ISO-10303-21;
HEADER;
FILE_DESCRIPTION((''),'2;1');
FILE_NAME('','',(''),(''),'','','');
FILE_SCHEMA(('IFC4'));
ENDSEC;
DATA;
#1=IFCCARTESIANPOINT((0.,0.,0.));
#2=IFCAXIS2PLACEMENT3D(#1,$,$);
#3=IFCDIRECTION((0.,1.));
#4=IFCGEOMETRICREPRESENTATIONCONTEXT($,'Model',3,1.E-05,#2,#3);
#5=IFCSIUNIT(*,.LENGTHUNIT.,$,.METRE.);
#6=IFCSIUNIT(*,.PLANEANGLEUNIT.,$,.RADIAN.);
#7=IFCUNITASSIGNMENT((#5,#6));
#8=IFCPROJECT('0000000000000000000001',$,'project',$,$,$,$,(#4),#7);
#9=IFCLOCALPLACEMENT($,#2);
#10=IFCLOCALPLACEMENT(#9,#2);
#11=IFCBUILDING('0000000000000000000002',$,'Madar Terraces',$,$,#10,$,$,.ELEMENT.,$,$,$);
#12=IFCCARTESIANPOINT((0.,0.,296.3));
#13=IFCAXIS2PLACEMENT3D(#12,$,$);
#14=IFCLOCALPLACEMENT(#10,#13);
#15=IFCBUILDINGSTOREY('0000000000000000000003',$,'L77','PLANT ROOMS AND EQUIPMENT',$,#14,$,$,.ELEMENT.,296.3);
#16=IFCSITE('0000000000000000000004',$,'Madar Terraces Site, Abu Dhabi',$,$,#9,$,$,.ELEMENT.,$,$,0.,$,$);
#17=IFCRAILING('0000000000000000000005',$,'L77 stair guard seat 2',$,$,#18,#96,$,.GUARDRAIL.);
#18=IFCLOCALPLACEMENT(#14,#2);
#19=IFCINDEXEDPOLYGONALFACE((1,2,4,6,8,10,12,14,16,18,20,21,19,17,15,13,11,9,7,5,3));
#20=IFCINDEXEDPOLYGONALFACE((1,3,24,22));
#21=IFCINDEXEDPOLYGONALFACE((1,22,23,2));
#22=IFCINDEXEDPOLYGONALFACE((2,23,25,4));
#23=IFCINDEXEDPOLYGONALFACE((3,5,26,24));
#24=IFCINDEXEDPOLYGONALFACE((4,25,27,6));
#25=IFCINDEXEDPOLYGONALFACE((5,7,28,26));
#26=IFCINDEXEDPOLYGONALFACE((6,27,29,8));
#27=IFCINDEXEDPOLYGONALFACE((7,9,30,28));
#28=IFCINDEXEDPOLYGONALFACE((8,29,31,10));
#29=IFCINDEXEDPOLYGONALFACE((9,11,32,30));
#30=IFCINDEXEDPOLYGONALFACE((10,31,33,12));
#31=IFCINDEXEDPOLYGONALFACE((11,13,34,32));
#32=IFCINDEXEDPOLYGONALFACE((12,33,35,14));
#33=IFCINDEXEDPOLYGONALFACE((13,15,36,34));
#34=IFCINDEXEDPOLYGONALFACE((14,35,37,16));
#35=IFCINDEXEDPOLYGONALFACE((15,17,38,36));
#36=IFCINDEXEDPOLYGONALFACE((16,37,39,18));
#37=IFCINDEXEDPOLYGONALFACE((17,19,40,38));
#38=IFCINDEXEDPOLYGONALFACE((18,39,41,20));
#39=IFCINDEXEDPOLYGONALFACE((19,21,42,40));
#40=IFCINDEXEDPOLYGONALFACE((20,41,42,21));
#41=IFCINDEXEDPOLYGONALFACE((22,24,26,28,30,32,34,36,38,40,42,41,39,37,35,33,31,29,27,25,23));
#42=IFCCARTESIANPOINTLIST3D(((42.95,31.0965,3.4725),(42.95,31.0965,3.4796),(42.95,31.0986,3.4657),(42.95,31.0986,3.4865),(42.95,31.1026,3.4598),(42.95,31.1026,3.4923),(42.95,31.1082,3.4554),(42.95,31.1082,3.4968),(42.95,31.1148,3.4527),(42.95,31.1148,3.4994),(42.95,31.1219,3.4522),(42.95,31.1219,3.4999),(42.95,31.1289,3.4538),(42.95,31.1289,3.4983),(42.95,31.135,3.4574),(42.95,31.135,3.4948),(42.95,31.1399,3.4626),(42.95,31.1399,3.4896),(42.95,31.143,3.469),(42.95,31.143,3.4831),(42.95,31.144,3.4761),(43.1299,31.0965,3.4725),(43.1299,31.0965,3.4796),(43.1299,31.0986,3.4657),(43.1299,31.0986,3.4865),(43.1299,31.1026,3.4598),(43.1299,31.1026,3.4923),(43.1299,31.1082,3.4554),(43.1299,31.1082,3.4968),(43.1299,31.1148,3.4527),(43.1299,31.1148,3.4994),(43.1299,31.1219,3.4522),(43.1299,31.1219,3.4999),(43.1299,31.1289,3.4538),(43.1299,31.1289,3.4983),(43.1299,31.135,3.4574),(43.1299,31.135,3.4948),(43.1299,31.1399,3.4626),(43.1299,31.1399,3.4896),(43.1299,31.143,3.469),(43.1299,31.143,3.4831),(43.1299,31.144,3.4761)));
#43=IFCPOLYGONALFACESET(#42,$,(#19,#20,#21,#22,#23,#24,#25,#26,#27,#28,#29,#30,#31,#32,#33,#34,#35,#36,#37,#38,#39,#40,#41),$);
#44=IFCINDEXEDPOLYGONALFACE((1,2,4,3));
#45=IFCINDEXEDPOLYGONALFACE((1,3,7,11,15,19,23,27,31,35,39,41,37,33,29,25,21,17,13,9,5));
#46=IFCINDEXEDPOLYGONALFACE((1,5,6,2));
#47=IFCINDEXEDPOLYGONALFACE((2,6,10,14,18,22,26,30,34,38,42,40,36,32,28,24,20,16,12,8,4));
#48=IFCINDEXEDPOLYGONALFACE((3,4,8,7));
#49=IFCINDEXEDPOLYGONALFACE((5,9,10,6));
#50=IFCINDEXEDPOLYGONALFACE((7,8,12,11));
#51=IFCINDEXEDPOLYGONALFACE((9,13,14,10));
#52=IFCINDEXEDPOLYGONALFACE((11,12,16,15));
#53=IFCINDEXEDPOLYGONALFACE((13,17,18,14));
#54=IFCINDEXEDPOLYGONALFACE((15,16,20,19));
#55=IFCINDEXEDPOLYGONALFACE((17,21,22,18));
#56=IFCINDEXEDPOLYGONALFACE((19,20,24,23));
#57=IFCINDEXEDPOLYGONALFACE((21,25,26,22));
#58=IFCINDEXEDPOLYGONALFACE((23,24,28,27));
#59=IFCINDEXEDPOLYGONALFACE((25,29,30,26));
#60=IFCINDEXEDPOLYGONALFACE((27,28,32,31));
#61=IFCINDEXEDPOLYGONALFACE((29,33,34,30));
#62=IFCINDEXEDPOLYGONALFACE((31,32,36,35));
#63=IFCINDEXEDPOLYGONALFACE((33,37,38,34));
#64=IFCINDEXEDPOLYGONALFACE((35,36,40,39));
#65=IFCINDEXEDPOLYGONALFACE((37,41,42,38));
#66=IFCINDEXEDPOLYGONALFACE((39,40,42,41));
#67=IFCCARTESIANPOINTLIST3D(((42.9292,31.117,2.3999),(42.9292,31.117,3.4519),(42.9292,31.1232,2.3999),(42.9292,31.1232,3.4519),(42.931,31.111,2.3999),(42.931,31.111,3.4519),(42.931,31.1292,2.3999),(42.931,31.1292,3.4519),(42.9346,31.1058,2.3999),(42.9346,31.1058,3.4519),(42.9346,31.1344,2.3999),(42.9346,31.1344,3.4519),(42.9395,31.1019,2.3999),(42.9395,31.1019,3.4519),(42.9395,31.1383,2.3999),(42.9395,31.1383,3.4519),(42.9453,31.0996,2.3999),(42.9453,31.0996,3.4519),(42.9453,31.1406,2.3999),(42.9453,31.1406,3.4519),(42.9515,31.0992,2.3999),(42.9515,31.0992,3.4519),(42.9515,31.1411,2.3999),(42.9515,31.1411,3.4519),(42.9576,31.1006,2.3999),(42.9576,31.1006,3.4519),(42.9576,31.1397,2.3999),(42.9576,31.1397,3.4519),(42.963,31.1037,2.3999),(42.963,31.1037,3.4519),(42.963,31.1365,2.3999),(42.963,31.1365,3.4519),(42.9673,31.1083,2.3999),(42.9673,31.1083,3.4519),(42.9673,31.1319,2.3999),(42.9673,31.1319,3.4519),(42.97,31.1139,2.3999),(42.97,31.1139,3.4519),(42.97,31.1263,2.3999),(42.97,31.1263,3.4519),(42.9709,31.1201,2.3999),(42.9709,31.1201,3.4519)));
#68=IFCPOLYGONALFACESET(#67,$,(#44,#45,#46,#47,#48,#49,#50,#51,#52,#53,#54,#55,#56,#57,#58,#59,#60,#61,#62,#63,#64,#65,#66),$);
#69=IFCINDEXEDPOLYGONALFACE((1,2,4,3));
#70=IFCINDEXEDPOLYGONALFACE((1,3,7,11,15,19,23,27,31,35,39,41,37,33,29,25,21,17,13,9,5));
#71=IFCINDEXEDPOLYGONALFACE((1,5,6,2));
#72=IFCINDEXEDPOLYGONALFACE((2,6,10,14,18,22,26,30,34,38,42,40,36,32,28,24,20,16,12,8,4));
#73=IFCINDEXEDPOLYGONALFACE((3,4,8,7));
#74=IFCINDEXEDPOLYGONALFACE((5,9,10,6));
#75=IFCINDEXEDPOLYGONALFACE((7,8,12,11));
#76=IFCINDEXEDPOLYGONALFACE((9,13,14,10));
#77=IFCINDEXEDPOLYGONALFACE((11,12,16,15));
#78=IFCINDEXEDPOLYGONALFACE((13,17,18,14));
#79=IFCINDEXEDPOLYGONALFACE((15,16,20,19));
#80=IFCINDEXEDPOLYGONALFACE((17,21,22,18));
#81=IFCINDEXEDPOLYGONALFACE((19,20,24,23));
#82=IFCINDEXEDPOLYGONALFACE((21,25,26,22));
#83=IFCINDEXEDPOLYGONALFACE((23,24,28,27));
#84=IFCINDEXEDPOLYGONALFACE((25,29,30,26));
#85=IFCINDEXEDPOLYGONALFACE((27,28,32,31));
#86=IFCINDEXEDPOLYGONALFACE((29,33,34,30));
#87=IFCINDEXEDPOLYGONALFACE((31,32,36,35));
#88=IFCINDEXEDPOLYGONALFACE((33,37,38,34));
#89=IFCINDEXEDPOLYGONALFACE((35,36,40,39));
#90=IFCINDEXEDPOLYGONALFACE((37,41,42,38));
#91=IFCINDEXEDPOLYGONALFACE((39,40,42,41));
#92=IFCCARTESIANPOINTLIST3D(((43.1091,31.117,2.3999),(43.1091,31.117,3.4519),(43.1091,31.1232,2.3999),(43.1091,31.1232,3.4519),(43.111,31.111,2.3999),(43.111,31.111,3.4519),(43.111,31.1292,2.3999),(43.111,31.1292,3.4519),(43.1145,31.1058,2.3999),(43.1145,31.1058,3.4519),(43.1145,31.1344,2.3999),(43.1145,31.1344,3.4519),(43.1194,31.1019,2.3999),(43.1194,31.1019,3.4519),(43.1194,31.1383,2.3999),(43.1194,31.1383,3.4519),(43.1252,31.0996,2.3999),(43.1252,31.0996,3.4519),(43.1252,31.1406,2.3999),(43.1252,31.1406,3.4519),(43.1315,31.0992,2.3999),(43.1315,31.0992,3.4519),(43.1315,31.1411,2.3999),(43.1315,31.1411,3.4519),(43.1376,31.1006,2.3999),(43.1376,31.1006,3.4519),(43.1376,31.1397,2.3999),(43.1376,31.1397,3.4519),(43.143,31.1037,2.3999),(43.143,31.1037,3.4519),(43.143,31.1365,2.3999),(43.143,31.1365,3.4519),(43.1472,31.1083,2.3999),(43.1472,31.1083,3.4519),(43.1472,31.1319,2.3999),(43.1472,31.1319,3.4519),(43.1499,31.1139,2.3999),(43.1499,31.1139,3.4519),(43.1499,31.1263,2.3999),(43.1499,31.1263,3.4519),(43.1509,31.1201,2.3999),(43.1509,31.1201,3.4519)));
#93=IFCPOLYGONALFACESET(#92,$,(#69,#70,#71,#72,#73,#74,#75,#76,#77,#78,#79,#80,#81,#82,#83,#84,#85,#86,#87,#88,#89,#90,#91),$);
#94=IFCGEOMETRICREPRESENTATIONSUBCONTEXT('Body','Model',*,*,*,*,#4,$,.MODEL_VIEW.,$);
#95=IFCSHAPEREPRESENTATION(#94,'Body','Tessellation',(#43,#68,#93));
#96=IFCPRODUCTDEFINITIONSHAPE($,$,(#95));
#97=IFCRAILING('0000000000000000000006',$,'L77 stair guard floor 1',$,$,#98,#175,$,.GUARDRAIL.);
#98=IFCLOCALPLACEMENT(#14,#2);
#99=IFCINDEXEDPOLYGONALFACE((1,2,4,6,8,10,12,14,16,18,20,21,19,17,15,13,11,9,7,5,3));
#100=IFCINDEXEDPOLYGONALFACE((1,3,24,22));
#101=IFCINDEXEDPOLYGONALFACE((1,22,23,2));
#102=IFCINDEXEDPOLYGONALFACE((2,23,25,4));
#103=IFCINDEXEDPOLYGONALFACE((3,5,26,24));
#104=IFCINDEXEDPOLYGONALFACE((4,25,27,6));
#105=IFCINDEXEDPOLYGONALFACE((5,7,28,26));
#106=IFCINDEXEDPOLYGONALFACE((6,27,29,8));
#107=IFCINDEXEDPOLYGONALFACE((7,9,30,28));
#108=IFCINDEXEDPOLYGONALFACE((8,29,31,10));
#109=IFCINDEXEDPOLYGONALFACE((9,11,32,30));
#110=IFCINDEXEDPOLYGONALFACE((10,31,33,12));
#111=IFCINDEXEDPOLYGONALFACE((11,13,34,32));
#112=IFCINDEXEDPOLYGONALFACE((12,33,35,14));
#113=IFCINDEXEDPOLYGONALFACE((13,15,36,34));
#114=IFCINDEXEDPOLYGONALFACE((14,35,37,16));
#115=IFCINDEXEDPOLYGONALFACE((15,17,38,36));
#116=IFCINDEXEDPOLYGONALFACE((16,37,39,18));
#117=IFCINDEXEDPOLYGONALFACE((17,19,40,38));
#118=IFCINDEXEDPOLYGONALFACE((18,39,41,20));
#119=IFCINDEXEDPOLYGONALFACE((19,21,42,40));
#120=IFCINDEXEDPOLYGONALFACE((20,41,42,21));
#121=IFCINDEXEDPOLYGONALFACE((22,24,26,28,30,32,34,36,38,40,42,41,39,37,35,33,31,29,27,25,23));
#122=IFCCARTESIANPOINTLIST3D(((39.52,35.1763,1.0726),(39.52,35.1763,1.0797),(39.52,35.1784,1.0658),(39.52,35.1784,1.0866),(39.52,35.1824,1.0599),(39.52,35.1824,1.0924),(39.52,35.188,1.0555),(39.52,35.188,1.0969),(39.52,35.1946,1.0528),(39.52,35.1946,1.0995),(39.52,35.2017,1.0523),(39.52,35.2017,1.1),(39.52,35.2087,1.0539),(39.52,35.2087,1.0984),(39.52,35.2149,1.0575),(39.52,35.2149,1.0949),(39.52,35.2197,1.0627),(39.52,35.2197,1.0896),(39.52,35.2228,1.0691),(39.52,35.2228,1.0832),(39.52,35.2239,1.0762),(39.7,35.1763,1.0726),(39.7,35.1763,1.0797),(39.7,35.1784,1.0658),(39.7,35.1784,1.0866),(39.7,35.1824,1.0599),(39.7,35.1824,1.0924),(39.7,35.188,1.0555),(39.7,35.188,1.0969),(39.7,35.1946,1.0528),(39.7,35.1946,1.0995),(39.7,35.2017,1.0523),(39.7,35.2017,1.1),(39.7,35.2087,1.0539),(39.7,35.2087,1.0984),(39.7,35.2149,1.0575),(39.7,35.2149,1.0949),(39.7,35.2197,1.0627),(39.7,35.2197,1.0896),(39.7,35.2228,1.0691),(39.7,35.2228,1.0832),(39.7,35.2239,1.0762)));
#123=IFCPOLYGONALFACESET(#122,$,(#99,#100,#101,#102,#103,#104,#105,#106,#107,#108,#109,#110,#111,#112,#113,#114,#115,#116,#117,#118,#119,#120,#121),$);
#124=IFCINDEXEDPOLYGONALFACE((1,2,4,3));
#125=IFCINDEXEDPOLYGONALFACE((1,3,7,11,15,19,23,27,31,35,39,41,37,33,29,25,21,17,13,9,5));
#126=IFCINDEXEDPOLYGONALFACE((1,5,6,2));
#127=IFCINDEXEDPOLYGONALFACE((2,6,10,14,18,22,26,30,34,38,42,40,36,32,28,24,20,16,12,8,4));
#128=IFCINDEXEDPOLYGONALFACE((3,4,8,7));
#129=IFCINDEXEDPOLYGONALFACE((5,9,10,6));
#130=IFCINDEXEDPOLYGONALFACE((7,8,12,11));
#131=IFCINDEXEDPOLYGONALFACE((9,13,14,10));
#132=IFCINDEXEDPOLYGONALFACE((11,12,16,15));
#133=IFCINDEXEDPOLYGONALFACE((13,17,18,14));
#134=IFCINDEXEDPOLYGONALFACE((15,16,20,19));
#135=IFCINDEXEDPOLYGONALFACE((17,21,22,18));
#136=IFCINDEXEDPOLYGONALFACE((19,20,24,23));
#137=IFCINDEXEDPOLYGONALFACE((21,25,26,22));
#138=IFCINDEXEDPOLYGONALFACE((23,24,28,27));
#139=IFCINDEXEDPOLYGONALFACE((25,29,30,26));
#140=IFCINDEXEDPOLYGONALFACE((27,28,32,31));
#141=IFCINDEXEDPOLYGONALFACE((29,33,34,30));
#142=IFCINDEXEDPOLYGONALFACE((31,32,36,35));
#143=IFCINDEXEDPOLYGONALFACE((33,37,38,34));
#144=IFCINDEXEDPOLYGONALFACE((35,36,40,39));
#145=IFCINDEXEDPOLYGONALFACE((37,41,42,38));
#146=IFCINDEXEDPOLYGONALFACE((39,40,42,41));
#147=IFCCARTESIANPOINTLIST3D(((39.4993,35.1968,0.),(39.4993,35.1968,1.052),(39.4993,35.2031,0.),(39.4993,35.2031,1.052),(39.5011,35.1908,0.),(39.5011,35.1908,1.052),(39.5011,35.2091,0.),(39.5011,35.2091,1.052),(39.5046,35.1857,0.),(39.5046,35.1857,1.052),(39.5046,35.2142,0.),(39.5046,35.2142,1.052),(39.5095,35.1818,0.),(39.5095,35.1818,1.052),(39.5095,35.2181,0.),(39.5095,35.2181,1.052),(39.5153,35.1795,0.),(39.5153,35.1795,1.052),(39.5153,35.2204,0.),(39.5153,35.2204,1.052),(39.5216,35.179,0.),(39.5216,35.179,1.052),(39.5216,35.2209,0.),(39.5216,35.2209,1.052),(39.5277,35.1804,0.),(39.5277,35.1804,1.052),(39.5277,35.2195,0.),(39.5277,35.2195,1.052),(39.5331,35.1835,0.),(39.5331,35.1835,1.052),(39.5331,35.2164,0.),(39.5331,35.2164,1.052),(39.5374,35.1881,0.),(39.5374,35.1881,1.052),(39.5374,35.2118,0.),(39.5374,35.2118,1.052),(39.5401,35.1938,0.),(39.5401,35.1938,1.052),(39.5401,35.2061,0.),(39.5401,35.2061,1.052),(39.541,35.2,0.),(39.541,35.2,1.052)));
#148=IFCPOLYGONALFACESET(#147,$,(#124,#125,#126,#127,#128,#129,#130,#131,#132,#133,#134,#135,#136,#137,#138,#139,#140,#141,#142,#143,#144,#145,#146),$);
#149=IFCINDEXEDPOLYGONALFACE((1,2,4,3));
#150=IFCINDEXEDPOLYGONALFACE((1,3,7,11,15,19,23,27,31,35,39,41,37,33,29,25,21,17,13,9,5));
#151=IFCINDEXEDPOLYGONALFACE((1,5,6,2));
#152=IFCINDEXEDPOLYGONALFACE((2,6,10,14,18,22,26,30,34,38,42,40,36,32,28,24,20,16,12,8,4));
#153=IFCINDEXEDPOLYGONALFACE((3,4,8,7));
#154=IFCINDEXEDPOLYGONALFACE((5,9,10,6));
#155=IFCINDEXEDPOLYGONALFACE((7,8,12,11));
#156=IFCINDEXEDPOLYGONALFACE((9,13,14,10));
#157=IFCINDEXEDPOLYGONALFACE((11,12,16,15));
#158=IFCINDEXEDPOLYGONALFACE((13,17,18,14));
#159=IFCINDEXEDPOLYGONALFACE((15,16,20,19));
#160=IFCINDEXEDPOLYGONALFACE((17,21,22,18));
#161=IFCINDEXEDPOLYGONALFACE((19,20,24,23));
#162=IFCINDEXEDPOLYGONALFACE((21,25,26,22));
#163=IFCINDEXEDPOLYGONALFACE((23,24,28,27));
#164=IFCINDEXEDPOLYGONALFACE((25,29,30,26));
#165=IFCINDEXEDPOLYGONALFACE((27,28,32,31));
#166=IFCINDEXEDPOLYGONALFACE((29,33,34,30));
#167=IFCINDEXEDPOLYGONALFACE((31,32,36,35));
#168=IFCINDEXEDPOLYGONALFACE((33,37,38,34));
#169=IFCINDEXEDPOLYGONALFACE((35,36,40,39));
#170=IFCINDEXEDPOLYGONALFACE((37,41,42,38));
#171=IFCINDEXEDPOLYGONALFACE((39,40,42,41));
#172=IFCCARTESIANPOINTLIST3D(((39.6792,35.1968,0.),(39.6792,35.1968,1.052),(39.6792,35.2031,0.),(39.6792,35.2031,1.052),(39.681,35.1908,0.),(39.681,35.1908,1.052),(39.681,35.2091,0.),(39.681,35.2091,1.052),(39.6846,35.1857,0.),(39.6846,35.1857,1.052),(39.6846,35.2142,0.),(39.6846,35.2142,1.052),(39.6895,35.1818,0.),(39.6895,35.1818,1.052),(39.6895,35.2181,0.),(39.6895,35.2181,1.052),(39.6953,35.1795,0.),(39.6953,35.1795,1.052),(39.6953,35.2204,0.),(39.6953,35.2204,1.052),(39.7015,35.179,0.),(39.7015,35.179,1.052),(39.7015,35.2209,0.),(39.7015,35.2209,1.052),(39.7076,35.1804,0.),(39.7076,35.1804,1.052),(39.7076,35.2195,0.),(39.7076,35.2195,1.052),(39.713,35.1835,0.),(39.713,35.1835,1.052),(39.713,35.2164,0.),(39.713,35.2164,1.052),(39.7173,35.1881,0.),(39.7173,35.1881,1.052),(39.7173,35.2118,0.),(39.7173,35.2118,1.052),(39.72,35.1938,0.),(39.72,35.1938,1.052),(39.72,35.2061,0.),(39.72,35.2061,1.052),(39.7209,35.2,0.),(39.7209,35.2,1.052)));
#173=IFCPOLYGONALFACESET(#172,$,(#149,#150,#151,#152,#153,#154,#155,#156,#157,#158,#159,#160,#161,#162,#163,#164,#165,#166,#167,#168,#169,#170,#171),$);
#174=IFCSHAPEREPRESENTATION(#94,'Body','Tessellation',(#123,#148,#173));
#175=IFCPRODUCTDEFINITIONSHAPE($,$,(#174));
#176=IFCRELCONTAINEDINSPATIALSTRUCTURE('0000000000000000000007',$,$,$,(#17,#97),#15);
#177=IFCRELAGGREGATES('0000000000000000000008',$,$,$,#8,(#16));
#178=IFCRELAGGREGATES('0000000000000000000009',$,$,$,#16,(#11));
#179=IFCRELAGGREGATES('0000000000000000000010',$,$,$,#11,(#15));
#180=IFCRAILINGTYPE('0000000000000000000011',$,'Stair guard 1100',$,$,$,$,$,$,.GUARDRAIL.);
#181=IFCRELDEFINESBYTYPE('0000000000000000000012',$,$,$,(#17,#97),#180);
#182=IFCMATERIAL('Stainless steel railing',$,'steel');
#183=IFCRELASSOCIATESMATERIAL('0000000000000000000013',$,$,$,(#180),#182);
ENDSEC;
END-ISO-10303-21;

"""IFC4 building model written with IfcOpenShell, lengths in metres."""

from ifc_helpers import new_model, si_unit, direction, frame, origin, origin_2d, place, context, subcontext, project, spatial, circle, extrude, material, type_object, element, save


model = new_model("IFC4")

# Units and contexts
model_context = context("Model", 3, precision=1e-05, world=origin(), true_north=direction((0.0, 1.0)))
body_context = subcontext(model_context, "Body", "Model", "MODEL_VIEW")
ifc_project = project(units=[si_unit("LENGTHUNIT", "METRE"), si_unit("PLANEANGLEUNIT", "RADIAN")], contexts=[model_context])

# Site, building, storey
site_placement = place(None, origin())
site = spatial("IfcSite", under=ifc_project, at=site_placement, Name="Madar Terraces Site, Abu Dhabi", CompositionType="ELEMENT", RefElevation=0.0)
building_placement = place(site_placement, origin())
building = spatial("IfcBuilding", under=site, at=building_placement, Name="Madar Terraces", CompositionType="ELEMENT")
storey_placement = place(building_placement, frame((0.0, 0.0, 296.3)))
storey = spatial("IfcBuildingStorey", under=building, at=storey_placement, Name="L77", Description="PLANT ROOMS AND EQUIPMENT", CompositionType="ELEMENT", Elevation=296.3)

# Railings
ifc_material_1 = material(Name="Stainless steel railing", Category="steel")
railing_type_1 = type_object("IfcRailingType", Name="Stair guard 1100", PredefinedType="GUARDRAIL", material=ifc_material_1)
for number, where, name in (
    (1, (42.95, 31.1201, 2.3999), "L77 stair guard seat 2"),
    (2, (39.52, 35.2, 0.0), "L77 stair guard floor 1"),
):
    element("IfcRailing", number, at=place(storey_placement, frame(where)), inside=storey, type_object=railing_type_1, Name=name, PredefinedType="GUARDRAIL", context=body_context, shape_type="SweptSolid", body=[
        extrude(circle(Radius=0.0239, at=origin_2d()), frame((0.0, 0.0, 1.0762), z_axis=(1.0, 0.0, 0.0), x_axis=(0.0, 1.0, 0.0)), (0.0, 0.0, 1.0), 0.1799),
        extrude(circle(Radius=0.021, at=origin_2d()), origin(), (0.0, 0.0, 1.0), 1.052),
        extrude(circle(Radius=0.021, at=origin_2d()), frame((0.1799, 0.0, 0.0)), (0.0, 0.0, 1.0), 1.052),
    ])

save(model, "model.ifc")
